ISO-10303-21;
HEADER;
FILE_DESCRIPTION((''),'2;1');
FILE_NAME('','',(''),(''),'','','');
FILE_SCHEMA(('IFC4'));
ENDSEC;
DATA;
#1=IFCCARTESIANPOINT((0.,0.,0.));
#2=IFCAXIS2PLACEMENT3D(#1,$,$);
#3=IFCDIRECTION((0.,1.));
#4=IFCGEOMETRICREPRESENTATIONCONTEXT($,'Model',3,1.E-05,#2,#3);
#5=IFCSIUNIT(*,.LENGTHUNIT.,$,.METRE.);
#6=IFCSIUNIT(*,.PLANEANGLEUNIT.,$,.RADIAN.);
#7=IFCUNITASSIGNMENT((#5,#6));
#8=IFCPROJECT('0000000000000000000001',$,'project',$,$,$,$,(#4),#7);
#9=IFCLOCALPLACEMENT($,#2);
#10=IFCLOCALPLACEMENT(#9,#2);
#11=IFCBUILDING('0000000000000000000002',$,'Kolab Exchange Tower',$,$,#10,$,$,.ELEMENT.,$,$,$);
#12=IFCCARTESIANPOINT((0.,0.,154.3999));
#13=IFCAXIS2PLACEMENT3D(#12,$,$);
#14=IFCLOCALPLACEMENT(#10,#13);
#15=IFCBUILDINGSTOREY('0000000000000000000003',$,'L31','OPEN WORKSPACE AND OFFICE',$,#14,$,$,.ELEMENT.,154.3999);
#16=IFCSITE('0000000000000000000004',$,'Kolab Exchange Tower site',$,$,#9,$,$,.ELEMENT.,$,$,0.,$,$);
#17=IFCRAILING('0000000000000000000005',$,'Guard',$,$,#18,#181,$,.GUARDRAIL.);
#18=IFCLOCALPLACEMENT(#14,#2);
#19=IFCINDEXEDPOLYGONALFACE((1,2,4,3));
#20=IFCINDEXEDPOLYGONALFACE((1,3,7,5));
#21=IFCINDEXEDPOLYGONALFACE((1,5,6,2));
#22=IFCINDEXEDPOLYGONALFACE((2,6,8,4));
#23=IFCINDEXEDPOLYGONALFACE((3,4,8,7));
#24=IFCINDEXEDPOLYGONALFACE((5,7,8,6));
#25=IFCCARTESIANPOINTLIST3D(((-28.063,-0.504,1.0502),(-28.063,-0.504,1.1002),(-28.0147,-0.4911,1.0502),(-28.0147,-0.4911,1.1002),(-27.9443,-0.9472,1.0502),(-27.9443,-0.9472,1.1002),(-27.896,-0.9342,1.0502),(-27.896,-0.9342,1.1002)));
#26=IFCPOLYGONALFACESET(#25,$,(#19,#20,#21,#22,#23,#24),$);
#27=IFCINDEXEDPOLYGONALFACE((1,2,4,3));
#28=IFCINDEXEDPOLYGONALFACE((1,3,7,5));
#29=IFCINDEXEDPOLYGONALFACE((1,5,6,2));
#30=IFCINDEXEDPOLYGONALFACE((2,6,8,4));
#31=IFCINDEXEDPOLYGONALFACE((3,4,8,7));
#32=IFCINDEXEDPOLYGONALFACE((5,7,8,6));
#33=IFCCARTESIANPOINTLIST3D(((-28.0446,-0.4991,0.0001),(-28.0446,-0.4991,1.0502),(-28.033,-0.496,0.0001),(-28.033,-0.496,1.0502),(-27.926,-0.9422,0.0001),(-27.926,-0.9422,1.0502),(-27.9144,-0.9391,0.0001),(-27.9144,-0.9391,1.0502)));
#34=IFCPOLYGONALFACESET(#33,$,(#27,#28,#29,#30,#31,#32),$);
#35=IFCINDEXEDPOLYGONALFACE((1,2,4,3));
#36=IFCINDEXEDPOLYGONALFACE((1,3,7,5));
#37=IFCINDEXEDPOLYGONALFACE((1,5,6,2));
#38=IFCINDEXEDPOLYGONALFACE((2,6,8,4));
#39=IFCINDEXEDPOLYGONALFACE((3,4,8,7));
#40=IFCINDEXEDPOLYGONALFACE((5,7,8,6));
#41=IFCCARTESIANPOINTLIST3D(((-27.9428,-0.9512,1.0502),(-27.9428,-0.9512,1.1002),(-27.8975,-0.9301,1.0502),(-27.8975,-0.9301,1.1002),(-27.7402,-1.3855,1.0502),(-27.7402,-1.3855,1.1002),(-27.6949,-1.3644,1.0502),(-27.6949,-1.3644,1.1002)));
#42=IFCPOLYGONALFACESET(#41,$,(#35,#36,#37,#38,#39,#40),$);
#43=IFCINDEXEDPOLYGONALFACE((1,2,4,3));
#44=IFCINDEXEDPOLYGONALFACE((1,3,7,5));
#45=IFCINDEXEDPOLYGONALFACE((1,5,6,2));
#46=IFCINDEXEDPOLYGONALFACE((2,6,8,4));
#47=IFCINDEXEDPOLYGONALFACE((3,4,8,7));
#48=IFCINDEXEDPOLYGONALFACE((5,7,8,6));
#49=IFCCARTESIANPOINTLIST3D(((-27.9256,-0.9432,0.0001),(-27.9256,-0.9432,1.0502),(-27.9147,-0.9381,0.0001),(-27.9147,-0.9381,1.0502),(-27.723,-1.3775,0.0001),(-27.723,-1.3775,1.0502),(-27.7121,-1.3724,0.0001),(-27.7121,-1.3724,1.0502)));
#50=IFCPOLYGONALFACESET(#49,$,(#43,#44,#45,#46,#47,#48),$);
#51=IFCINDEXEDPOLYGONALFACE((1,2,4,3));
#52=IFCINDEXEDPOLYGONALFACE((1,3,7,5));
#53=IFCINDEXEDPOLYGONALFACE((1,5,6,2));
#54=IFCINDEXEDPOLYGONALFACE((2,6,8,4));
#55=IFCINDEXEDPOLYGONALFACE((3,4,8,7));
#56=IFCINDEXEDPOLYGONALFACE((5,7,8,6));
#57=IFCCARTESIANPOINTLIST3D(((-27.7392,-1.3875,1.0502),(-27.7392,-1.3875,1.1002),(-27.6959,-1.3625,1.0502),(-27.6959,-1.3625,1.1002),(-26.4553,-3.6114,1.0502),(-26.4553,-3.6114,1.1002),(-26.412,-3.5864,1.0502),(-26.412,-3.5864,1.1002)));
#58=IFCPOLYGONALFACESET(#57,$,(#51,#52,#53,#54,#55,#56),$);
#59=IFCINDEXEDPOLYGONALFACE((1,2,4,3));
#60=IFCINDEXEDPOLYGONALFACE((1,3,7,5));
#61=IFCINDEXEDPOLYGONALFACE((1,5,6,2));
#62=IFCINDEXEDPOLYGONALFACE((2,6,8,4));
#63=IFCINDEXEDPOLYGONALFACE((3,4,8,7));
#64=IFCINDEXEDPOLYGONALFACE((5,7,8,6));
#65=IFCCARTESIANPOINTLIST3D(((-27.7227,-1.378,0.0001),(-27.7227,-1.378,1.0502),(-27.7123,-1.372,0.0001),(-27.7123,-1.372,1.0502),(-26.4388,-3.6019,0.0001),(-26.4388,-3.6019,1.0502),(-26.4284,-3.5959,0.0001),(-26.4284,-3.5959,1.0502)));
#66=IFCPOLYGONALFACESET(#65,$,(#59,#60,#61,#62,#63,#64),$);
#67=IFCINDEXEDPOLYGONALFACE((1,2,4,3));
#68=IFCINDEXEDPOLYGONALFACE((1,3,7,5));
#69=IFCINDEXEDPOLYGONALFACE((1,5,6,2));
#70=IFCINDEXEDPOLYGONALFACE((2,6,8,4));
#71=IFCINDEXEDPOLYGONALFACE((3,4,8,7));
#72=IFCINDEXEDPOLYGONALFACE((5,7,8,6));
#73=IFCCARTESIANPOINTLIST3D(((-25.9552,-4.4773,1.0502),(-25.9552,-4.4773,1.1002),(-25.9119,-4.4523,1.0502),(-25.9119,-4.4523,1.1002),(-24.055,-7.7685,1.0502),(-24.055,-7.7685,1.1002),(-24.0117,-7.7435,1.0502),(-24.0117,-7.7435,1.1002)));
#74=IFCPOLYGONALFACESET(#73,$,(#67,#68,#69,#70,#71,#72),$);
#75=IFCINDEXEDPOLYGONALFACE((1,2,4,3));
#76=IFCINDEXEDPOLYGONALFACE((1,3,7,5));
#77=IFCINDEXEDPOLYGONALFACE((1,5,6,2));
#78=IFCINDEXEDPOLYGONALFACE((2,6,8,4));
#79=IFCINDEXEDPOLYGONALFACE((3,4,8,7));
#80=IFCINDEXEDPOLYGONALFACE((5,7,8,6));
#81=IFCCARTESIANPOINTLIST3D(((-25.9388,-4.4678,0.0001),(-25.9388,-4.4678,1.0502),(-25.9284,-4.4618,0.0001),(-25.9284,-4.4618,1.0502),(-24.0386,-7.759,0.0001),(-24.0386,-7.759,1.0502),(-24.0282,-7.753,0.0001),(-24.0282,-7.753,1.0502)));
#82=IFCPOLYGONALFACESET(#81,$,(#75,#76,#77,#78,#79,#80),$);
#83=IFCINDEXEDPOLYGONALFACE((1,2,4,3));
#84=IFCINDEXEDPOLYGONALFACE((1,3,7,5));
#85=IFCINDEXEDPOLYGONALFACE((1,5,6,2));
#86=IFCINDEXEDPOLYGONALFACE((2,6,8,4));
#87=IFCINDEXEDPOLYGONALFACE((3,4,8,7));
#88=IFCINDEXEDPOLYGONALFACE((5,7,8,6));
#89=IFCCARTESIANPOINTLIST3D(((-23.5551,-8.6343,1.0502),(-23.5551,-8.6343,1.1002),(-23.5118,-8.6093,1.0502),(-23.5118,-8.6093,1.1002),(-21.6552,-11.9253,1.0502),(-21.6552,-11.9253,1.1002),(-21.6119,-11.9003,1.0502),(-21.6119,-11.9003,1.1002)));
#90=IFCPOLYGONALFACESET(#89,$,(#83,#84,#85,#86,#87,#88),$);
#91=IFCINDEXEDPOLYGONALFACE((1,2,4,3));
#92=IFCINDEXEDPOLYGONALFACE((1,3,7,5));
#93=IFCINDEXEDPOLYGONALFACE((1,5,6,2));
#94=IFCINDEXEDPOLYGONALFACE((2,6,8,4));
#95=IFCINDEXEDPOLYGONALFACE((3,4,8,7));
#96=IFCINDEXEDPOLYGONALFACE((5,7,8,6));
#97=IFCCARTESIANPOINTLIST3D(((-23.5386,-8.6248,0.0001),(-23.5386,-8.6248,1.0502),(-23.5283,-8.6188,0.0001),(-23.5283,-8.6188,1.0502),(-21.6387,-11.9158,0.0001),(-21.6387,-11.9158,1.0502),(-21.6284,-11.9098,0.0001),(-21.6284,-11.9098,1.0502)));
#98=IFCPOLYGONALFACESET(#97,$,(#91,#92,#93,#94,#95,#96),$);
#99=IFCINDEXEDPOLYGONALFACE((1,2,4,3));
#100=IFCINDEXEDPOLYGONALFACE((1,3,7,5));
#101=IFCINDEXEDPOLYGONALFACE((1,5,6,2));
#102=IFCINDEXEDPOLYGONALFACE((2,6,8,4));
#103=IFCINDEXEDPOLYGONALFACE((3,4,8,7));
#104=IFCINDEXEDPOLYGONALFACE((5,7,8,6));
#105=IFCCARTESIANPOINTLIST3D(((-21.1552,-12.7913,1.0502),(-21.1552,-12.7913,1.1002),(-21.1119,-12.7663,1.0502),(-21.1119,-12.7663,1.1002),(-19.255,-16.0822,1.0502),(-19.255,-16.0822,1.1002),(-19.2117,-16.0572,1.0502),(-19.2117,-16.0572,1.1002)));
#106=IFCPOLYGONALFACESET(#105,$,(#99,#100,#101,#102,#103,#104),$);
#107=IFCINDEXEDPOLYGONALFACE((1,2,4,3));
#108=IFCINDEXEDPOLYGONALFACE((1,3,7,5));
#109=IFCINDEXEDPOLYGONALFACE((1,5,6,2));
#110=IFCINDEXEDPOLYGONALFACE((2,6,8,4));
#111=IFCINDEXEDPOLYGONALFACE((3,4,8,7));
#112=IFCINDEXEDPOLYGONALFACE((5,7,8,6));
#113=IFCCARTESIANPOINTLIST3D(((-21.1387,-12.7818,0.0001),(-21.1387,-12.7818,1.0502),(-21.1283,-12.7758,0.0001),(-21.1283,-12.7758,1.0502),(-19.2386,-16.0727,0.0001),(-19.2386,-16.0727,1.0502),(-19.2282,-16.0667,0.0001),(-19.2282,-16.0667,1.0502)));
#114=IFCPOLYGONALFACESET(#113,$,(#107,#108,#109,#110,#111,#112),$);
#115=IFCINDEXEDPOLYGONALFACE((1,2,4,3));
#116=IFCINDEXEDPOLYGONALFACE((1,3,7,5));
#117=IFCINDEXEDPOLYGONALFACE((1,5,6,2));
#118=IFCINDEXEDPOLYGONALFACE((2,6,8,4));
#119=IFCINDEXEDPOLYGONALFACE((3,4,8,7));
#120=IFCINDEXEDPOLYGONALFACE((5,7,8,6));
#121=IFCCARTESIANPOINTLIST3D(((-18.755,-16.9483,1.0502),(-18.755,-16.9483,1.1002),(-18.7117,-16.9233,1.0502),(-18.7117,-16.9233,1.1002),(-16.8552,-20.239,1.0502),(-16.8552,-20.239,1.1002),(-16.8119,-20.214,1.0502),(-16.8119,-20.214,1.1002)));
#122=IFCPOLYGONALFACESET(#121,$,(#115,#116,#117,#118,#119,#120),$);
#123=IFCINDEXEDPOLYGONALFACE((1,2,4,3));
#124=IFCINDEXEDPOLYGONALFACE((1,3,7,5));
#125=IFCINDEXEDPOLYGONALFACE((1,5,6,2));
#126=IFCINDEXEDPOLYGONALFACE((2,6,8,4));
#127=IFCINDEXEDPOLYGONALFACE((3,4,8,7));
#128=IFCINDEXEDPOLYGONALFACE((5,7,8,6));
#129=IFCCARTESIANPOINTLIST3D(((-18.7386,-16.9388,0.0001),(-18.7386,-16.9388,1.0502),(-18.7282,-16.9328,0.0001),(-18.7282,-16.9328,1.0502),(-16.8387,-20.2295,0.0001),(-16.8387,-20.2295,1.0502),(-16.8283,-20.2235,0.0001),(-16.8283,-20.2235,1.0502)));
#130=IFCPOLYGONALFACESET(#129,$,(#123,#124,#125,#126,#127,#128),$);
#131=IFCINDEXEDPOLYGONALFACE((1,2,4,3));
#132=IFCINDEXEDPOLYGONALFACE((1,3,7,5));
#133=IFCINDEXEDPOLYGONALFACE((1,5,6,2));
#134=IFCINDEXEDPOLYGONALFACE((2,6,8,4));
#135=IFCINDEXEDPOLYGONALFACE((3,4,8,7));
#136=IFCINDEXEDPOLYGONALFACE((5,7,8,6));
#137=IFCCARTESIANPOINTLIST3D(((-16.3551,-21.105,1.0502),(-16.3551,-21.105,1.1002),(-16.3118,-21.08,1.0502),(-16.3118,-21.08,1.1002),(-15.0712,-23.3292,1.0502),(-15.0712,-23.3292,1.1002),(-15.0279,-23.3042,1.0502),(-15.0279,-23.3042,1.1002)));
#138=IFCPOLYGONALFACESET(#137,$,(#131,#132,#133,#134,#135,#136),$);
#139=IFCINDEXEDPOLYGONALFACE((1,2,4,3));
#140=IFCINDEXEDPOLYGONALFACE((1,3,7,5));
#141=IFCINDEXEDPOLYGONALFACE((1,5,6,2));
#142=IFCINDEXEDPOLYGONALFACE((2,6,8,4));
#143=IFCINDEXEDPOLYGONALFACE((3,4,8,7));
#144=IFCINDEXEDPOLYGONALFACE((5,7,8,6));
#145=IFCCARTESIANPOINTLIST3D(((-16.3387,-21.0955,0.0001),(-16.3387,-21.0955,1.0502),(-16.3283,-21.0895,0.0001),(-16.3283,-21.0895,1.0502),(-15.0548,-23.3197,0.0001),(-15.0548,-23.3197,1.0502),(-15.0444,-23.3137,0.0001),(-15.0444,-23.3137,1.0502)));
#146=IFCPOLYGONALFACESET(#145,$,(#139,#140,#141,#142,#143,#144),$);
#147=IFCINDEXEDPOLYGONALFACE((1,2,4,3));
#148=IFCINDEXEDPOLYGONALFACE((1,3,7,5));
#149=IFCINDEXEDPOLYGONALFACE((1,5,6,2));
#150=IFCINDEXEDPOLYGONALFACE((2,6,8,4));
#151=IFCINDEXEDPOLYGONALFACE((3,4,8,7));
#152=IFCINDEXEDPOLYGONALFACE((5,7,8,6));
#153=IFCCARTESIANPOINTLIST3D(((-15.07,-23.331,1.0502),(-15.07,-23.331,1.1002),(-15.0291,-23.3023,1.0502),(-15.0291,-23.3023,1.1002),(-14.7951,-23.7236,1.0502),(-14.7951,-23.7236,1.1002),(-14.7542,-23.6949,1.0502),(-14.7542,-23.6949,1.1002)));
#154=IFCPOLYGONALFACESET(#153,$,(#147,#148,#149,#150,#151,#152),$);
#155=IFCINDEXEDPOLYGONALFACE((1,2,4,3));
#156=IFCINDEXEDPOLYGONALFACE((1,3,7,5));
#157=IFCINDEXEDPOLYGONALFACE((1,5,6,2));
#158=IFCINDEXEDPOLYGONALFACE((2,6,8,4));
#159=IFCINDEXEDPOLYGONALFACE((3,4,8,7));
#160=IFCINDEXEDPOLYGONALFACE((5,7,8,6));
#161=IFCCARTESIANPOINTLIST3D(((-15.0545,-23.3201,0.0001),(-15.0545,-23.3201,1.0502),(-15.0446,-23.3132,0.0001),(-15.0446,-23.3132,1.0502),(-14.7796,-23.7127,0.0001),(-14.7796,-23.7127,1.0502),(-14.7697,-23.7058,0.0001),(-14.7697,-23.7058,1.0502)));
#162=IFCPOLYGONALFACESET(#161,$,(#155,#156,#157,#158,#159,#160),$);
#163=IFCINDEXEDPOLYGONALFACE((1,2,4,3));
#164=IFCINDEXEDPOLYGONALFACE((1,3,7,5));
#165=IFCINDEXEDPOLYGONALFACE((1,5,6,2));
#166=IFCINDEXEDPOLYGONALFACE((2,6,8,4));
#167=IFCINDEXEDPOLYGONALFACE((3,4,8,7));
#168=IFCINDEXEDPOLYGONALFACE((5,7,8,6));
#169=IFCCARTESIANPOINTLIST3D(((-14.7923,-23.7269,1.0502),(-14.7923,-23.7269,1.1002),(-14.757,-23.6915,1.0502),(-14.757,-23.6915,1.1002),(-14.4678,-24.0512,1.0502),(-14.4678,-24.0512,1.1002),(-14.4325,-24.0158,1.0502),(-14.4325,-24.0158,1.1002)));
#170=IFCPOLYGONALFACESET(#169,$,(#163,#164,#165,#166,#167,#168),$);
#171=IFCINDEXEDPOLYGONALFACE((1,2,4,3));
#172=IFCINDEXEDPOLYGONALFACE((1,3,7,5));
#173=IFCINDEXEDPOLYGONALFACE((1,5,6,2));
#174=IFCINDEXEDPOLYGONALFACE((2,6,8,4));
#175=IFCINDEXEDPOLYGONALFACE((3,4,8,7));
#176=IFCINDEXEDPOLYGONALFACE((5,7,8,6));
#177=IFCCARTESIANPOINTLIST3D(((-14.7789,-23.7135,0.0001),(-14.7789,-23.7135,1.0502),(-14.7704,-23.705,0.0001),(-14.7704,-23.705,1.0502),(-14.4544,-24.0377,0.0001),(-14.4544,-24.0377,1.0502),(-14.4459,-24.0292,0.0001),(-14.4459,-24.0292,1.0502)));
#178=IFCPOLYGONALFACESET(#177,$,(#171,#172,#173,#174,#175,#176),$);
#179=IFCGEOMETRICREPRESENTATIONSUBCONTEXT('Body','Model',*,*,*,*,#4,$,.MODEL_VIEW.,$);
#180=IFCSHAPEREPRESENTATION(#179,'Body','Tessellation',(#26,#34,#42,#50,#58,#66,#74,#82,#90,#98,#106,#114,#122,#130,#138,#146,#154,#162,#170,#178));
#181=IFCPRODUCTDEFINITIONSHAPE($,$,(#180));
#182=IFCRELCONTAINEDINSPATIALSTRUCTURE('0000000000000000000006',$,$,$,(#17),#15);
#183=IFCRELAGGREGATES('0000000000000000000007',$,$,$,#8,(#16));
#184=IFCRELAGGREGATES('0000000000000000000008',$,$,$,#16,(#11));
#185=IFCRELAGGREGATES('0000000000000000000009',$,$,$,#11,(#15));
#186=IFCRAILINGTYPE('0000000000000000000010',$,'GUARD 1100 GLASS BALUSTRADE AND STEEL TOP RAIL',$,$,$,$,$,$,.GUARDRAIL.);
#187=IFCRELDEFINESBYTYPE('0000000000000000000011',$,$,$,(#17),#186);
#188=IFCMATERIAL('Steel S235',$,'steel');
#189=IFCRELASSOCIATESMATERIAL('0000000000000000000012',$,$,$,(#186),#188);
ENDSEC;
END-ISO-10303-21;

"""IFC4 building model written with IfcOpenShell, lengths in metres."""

from ifc_helpers import new_model, si_unit, direction, frame, frame_2d, origin, origin_2d, place, context, subcontext, project, spatial, rectangle, extrude, material, type_object, element, save


model = new_model("IFC4")

# Units and contexts
model_context = context("Model", 3, precision=1e-05, world=origin(), true_north=direction((0.0, 1.0)))
body_context = subcontext(model_context, "Body", "Model", "MODEL_VIEW")
ifc_project = project(units=[si_unit("LENGTHUNIT", "METRE"), si_unit("PLANEANGLEUNIT", "RADIAN")], contexts=[model_context])

# Site, building, storey
site_placement = place(None, origin())
site = spatial("IfcSite", under=ifc_project, at=site_placement, Name="Kolab Exchange Tower site", CompositionType="ELEMENT", RefElevation=0.0)
building_placement = place(site_placement, origin())
building = spatial("IfcBuilding", under=site, at=building_placement, Name="Kolab Exchange Tower", CompositionType="ELEMENT")
storey_placement = place(building_placement, frame((0.0, 0.0, 154.3999)))
storey = spatial("IfcBuildingStorey", under=building, at=storey_placement, Name="L31", Description="OPEN WORKSPACE AND OFFICE", CompositionType="ELEMENT", Elevation=154.3999)

# Shared definitions
ifc_material_1 = material(Name="Steel S235", Category="steel")

# Railing
railing_type = type_object("IfcRailingType", Name="GUARD 1100 GLASS BALUSTRADE AND STEEL TOP RAIL", PredefinedType="GUARDRAIL", material=ifc_material_1)
railing_placement = place(storey_placement, frame((-28.0388, -0.4976, 0.0)))
element("IfcRailing", 1, at=railing_placement, inside=storey, type_object=railing_type, Name="Guard", PredefinedType="GUARDRAIL", context=body_context, shape_type="SweptSolid", body=[
    extrude(rectangle(XDim=0.05, YDim=0.05, at=origin_2d()), frame((0.0, 0.0, 1.0752), z_axis=(0.258656, -0.965969, 0.0), x_axis=(0.965969, 0.258656, 0.0)), (0.0, 0.0, 1.0), 0.4587),
    extrude(rectangle(XDim=0.012, YDim=1.0501, at=frame_2d((0.0, 0.5251))), frame((0.0, 0.0, 0.0), z_axis=(0.258656, -0.965969, 0.0), x_axis=(0.965969, 0.258656, 0.0)), (0.0, 0.0, 1.0), 0.4587),
    extrude(rectangle(XDim=0.05, YDim=0.05, at=origin_2d()), frame((0.1187, -0.4431, 1.0752), z_axis=(0.422802, -0.906222, 0.0), x_axis=(0.906222, 0.422802, 0.0)), (0.0, 0.0, 1.0), 0.4792),
    extrude(rectangle(XDim=0.012, YDim=1.0501, at=frame_2d((0.0, 0.5251))), frame((0.1187, -0.4431, 0.0), z_axis=(0.422802, -0.906222, 0.0), x_axis=(0.906222, 0.422802, 0.0)), (0.0, 0.0, 1.0), 0.4792),
    extrude(rectangle(XDim=0.05, YDim=0.05, at=origin_2d()), frame((0.3213, -0.8774, 1.0752), z_axis=(0.499994, -0.866029, 0.0), x_axis=(0.866029, 0.499994, 0.0)), (0.0, 0.0, 1.0), 2.5679),
    extrude(rectangle(XDim=0.012, YDim=1.0501, at=frame_2d((0.0, 0.5251))), frame((0.3213, -0.8774, 0.0), z_axis=(0.499994, -0.866029, 0.0), x_axis=(0.866029, 0.499994, 0.0)), (0.0, 0.0, 1.0), 2.5679),
    extrude(rectangle(XDim=0.05, YDim=0.05, at=origin_2d()), frame((2.1052, -3.9673, 1.0752), z_axis=(0.500015, -0.866017, 0.0), x_axis=(0.866017, 0.500015, 0.0)), (0.0, 0.0, 1.0), 3.8003),
    extrude(rectangle(XDim=0.012, YDim=1.0501, at=frame_2d((0.0, 0.5251))), frame((2.1052, -3.9673, 0.0), z_axis=(0.500015, -0.866017, 0.0), x_axis=(0.866017, 0.500015, 0.0)), (0.0, 0.0, 1.0), 3.8003),
    extrude(rectangle(XDim=0.05, YDim=0.05, at=origin_2d()), frame((4.5054, -8.1243, 1.0752), z_axis=(0.499967, -0.866044, 0.0), x_axis=(0.866044, 0.499967, 0.0)), (0.0, 0.0, 1.0), 3.8),
    extrude(rectangle(XDim=0.012, YDim=1.0501, at=frame_2d((0.0, 0.5251))), frame((4.5054, -8.1243, 0.0), z_axis=(0.499967, -0.866044, 0.0), x_axis=(0.866044, 0.499967, 0.0)), (0.0, 0.0, 1.0), 3.8),
    extrude(rectangle(XDim=0.05, YDim=0.05, at=origin_2d()), frame((6.9053, -12.2812, 1.0752), z_axis=(0.500043, -0.866, 0.0), x_axis=(0.866, 0.500043, 0.0)), (0.0, 0.0, 1.0), 3.8),
    extrude(rectangle(XDim=0.012, YDim=1.0501, at=frame_2d((0.0, 0.5251))), frame((6.9053, -12.2812, 0.0), z_axis=(0.500043, -0.866, 0.0), x_axis=(0.866, 0.500043, 0.0)), (0.0, 0.0, 1.0), 3.8),
    extrude(rectangle(XDim=0.05, YDim=0.05, at=origin_2d()), frame((9.3054, -16.4382, 1.0752), z_axis=(0.499995, -0.866028, 0.0), x_axis=(0.866028, 0.499995, 0.0)), (0.0, 0.0, 1.0), 3.7998),
    extrude(rectangle(XDim=0.012, YDim=1.0501, at=frame_2d((0.0, 0.5251))), frame((9.3054, -16.4382, 0.0), z_axis=(0.499995, -0.866028, 0.0), x_axis=(0.866028, 0.499995, 0.0)), (0.0, 0.0, 1.0), 3.7998),
    extrude(rectangle(XDim=0.05, YDim=0.05, at=origin_2d()), frame((11.7053, -20.595, 1.0752), z_axis=(0.499953, -0.866053, 0.0), x_axis=(0.866053, 0.499953, 0.0)), (0.0, 0.0, 1.0), 2.5681),
    extrude(rectangle(XDim=0.012, YDim=1.0501, at=frame_2d((0.0, 0.5251))), frame((11.7053, -20.595, 0.0), z_axis=(0.499953, -0.866053, 0.0), x_axis=(0.866053, 0.499953, 0.0)), (0.0, 0.0, 1.0), 2.5681),
    extrude(rectangle(XDim=0.05, YDim=0.05, at=origin_2d()), frame((12.9893, -22.8191, 1.0752), z_axis=(0.573599, -0.819136, 0.0), x_axis=(0.819136, 0.573599, 0.0)), (0.0, 0.0, 1.0), 0.4792),
    extrude(rectangle(XDim=0.012, YDim=1.0501, at=frame_2d((0.0, 0.5251))), frame((12.9893, -22.8191, 0.0), z_axis=(0.573599, -0.819136, 0.0), x_axis=(0.819136, 0.573599, 0.0)), (0.0, 0.0, 1.0), 0.4792),
    extrude(rectangle(XDim=0.05, YDim=0.05, at=origin_2d()), frame((13.2642, -23.2117, 1.0752), z_axis=(0.707373, -0.706841, 0.0), x_axis=(0.706841, 0.707373, 0.0)), (0.0, 0.0, 1.0), 0.4587),
    extrude(rectangle(XDim=0.012, YDim=1.0501, at=frame_2d((0.0, 0.5251))), frame((13.2642, -23.2117, 0.0), z_axis=(0.707373, -0.706841, 0.0), x_axis=(0.706841, 0.707373, 0.0)), (0.0, 0.0, 1.0), 0.4587),
])

save(model, "model.ifc")
